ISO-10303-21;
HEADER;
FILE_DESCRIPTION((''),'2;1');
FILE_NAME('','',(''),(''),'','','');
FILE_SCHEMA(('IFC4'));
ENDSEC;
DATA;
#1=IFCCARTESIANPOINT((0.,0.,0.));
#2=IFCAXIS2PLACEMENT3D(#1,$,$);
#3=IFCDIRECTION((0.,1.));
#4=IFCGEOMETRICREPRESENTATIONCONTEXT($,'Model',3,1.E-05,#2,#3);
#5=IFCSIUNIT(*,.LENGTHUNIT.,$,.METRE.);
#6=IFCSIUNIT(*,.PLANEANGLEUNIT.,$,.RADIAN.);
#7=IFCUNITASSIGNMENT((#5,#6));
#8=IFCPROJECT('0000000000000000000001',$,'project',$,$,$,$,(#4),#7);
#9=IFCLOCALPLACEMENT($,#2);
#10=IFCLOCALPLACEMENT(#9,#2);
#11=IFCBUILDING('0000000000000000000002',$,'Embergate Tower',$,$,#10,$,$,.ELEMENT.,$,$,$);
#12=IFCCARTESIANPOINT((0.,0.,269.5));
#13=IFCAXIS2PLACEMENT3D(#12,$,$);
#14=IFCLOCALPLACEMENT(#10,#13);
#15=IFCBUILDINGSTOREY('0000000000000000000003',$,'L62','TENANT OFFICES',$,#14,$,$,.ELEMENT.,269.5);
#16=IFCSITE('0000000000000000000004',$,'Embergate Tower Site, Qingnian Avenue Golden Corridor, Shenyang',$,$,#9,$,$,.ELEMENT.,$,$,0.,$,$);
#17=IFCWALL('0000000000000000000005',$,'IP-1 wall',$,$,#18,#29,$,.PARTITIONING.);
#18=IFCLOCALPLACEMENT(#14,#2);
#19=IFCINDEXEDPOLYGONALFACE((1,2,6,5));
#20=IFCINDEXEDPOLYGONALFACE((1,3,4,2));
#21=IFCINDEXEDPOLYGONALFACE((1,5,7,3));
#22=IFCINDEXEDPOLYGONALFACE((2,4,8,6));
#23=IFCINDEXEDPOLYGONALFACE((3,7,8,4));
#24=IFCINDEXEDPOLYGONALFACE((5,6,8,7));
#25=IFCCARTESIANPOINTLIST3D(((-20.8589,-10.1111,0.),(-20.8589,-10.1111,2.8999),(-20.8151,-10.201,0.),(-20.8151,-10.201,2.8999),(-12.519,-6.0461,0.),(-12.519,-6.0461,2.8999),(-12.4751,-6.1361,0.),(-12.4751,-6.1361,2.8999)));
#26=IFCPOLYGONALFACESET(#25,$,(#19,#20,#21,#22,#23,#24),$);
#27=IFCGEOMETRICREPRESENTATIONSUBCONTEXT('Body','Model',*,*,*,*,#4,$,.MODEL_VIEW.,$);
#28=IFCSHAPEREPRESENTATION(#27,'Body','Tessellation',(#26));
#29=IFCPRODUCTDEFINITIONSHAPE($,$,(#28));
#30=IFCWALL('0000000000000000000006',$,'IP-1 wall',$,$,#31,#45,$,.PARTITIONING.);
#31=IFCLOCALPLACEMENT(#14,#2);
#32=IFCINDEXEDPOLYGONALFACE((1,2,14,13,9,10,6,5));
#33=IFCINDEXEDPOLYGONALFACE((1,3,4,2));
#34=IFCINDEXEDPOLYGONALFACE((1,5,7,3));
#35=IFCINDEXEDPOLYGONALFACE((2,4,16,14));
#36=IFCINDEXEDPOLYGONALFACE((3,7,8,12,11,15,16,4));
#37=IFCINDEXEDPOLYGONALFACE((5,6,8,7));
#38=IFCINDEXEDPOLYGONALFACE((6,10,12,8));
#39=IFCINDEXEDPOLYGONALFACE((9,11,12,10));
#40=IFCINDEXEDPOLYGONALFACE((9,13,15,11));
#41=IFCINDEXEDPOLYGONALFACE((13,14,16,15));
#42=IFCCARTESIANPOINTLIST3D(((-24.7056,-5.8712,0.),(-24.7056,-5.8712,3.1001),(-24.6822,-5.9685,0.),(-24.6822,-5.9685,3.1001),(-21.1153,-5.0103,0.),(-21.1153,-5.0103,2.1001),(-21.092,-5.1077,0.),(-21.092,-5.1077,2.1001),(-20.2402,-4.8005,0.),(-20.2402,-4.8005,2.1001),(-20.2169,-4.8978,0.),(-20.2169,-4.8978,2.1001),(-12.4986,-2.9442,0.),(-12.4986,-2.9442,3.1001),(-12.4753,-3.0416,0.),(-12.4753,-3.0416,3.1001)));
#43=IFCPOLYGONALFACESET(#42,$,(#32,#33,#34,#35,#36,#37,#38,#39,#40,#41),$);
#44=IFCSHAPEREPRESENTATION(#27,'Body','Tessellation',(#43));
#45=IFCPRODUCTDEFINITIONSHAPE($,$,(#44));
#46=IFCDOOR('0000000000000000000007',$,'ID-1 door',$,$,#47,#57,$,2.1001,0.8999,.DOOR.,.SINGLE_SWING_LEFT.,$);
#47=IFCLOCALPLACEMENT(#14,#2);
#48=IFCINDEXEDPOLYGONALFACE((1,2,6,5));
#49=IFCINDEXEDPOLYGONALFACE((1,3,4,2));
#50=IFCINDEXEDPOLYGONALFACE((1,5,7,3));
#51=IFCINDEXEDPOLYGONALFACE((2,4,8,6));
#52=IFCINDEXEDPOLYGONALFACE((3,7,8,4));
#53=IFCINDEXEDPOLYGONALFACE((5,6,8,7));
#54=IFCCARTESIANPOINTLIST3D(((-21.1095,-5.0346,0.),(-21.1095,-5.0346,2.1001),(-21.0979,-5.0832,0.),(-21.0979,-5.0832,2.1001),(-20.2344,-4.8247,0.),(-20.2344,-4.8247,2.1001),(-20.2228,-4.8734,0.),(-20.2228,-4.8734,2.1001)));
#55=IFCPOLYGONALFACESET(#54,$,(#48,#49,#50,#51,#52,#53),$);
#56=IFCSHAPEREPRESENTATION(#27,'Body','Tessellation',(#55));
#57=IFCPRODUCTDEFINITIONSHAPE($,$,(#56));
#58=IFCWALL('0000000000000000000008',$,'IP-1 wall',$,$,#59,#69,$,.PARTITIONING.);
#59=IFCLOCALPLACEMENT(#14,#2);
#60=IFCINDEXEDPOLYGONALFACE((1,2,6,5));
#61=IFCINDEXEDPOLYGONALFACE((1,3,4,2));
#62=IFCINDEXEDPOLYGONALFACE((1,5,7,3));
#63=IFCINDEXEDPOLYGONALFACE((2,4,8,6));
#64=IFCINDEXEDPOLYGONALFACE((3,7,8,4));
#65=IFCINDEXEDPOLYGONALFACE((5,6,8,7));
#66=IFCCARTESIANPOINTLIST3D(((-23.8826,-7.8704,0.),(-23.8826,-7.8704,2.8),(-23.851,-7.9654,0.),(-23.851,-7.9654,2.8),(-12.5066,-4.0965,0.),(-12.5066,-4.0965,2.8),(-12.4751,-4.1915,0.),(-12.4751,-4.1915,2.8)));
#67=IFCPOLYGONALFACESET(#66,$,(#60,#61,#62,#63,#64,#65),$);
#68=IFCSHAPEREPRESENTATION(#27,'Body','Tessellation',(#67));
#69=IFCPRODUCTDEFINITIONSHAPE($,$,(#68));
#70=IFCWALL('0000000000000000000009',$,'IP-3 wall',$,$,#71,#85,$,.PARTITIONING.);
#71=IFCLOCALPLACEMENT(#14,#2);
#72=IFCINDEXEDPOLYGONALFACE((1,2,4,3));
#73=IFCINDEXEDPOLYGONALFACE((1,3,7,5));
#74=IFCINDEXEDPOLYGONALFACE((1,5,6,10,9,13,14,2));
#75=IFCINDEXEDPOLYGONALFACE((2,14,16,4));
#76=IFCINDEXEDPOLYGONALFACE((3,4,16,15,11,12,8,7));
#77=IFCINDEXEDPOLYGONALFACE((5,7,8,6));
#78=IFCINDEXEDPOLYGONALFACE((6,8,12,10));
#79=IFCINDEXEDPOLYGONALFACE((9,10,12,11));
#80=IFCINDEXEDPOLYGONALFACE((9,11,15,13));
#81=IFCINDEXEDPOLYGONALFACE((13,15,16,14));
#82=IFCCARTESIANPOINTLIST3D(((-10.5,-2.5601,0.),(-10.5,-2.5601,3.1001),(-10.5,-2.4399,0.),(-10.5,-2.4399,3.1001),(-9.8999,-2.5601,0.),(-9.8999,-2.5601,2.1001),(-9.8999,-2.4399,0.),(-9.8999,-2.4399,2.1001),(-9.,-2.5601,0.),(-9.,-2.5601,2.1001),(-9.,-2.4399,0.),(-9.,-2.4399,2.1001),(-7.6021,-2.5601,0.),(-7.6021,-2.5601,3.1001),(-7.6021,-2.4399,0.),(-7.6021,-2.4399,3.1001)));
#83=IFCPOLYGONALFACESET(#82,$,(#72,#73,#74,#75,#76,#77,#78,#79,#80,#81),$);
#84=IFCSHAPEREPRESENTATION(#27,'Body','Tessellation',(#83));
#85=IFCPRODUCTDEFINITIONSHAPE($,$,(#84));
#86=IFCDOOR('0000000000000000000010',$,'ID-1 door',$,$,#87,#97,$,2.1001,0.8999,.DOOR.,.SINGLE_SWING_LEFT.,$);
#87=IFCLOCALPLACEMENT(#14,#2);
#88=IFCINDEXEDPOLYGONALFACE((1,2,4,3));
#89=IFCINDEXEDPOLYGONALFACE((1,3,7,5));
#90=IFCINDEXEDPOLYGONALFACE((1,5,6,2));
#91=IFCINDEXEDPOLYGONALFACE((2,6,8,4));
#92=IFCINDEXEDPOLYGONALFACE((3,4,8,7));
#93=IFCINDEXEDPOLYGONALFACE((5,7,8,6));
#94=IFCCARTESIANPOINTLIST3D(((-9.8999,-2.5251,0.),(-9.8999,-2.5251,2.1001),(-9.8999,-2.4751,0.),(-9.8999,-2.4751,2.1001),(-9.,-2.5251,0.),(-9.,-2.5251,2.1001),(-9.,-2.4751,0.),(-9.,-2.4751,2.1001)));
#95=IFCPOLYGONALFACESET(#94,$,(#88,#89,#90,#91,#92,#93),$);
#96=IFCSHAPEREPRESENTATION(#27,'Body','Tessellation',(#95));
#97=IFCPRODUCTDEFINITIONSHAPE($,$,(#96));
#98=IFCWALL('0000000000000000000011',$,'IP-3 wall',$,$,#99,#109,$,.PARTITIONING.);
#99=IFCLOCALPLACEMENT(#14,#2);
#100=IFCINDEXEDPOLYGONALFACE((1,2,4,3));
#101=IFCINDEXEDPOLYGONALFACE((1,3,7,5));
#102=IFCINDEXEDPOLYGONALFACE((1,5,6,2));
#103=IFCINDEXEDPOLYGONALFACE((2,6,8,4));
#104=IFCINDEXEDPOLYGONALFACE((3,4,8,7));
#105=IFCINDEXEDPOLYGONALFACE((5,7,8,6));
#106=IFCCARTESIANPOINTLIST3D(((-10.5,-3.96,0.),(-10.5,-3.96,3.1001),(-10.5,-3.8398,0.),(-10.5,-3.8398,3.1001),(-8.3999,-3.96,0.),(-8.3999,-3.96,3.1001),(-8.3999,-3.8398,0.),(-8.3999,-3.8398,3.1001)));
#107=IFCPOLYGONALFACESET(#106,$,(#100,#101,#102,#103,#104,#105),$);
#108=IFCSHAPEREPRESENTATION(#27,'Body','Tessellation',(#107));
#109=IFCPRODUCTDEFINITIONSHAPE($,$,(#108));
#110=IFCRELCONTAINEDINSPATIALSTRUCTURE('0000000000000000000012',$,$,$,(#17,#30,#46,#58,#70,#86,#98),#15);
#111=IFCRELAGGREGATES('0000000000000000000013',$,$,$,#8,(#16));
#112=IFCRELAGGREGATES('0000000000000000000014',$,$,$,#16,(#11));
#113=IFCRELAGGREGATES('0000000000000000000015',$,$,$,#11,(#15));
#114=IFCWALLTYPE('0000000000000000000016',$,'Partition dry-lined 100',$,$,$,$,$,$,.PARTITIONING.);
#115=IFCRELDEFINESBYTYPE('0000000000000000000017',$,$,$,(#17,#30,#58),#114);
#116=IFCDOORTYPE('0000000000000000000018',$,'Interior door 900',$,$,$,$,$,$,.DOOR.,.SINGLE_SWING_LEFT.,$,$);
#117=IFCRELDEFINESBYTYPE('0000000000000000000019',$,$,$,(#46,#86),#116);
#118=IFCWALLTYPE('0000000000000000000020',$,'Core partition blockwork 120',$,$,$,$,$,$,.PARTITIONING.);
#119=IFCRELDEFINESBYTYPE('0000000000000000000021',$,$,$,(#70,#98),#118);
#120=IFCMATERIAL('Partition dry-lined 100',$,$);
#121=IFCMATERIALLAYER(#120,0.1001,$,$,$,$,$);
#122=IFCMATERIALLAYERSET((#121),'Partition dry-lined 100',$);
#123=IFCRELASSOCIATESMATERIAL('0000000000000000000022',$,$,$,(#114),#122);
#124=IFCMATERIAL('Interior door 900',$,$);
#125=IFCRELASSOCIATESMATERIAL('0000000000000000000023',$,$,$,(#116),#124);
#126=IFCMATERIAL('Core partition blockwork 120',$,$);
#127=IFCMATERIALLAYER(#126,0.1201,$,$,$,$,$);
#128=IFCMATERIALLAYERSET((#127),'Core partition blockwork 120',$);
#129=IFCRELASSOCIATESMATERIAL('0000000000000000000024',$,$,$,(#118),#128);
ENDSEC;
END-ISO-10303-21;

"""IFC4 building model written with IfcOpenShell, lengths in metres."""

from ifc_helpers import new_model, si_unit, direction, frame, frame_2d, origin, place, context, subcontext, project, spatial, rectangle, extrude, source, transform, mapped, material, layer, layer_set, type_object, element, fill, save


model = new_model("IFC4")

# Units and contexts
model_context = context("Model", 3, precision=1e-05, world=origin(), true_north=direction((0.0, 1.0)))
body_context = subcontext(model_context, "Body", "Model", "MODEL_VIEW")
ifc_project = project(units=[si_unit("LENGTHUNIT", "METRE"), si_unit("PLANEANGLEUNIT", "RADIAN")], contexts=[model_context])

# Site, building, storey
site_placement = place(None, origin())
site = spatial("IfcSite", under=ifc_project, at=site_placement, Name="Embergate Tower Site, Qingnian Avenue Golden Corridor, Shenyang", CompositionType="ELEMENT", RefElevation=0.0)
building_placement = place(site_placement, origin())
building = spatial("IfcBuilding", under=site, at=building_placement, Name="Embergate Tower", CompositionType="ELEMENT")
storey_placement = place(building_placement, frame((0.0, 0.0, 269.5)))
storey = spatial("IfcBuildingStorey", under=building, at=storey_placement, Name="L62", Description="TENANT OFFICES", CompositionType="ELEMENT", Elevation=269.5)

# Shared definitions
shared_shape_1 = source(origin(), body_context, "Body", "SweptSolid", [
    extrude(rectangle(XDim=0.8999, YDim=2.1001, at=frame_2d((0.45, 1.05))), frame((0.0, 0.0249, 0.0), z_axis=(0.0, -1.0, 0.0), x_axis=(1.0, 0.0, 0.0)), (0.0, 0.0, 1.0), 0.05),
])

# Wall
ifc_material_1 = material(Name="Partition dry-lined 100")
ifc_layer_1 = layer(ifc_material_1, 0.1001)
ifc_layer_set_1 = layer_set([ifc_layer_1], Name="Partition dry-lined 100")
wall_type_1 = type_object("IfcWallType", Name="Partition dry-lined 100", PredefinedType="PARTITIONING", material=ifc_layer_set_1)
shared_shape_2 = source(origin(), body_context, "Body", "SweptSolid", [
    extrude(rectangle(XDim=9.2778, YDim=0.1001, at=frame_2d((4.6389, 0.0))), origin(), (0.0, 0.0, 1.0), 2.8999),
])
wall_1_placement = place(storey_placement, frame((-12.4971, -6.0911, 0.0), z_axis=(0.0, 0.0, 1.0), x_axis=(-0.898907, -0.438138, 0.0)))
element("IfcWall", 1, at=wall_1_placement, inside=storey, type_object=wall_type_1, Name="IP-1 wall", PredefinedType="PARTITIONING", context=body_context, shape_type="MappedRepresentation", body=[
    mapped(shared_shape_2, transform((0.0, 0.0, 0.0))),
])

# Wall, opening, door
shared_shape_3 = source(origin(), body_context, "Body", "SweptSolid", [
    extrude(rectangle(XDim=12.553, YDim=0.1001, at=frame_2d((6.2764, 0.0))), origin(), (0.0, 0.0, 1.0), 3.1001),
])
wall_2_placement = place(storey_placement, frame((-12.4871, -2.9929, 0.0), z_axis=(0.0, 0.0, 1.0), x_axis=(-0.972436, -0.233171, 0.0)))
wall_2 = element("IfcWall", 2, at=wall_2_placement, inside=storey, type_object=wall_type_1, Name="IP-1 wall", PredefinedType="PARTITIONING", context=body_context, shape_type="MappedRepresentation", body=[
    mapped(shared_shape_3, transform((0.0, 0.0, 0.0))),
])
shared_shape_4 = source(origin(), body_context, "Body", "SweptSolid", [
    extrude(rectangle(XDim=0.8999, YDim=2.1001, at=frame_2d((0.45, 1.05))), frame((0.0, 0.0601, 0.0), z_axis=(0.0, -1.0, 0.0), x_axis=(1.0, 0.0, 0.0)), (0.0, 0.0, 1.0), 0.1201),
])
opening_1_placement = place(wall_2_placement, frame((7.9609, 0.0, 0.0)))
opening_1 = element("IfcOpeningElement", 3, at=opening_1_placement, cuts=wall_2, PredefinedType="OPENING", context=body_context, shape_type="MappedRepresentation", body=[
    mapped(shared_shape_4, transform((0.0, 0.0, 0.0))),
])
ifc_material_2 = material(Name="Interior door 900")
door_type_1 = type_object("IfcDoorType", Name="Interior door 900", OperationType="SINGLE_SWING_LEFT", PredefinedType="DOOR", material=ifc_material_2)
door_1_placement = place(opening_1_placement, origin())
door_1 = element("IfcDoor", 4, at=door_1_placement, inside=storey, type_object=door_type_1, Name="ID-1 door", OperationType="SINGLE_SWING_LEFT", OverallHeight=2.1001, OverallWidth=0.8999, PredefinedType="DOOR", context=body_context, shape_type="MappedRepresentation", body=[
    mapped(shared_shape_1, transform((0.0, 0.0, 0.0))),
])
fill(opening_1, door_1)

# Wall
shared_shape_5 = source(origin(), body_context, "Body", "SweptSolid", [
    extrude(rectangle(XDim=11.9856, YDim=0.1001, at=frame_2d((5.9927, 0.0))), origin(), (0.0, 0.0, 1.0), 2.8),
])
wall_3_placement = place(storey_placement, frame((-12.491, -4.144, 0.0), z_axis=(0.0, 0.0, 1.0), x_axis=(-0.949135, -0.314871, 0.0)))
element("IfcWall", 5, at=wall_3_placement, inside=storey, type_object=wall_type_1, Name="IP-1 wall", PredefinedType="PARTITIONING", context=body_context, shape_type="MappedRepresentation", body=[
    mapped(shared_shape_5, transform((0.0, 0.0, 0.0))),
])

# Wall, opening, door
ifc_material_3 = material(Name="Core partition blockwork 120")
ifc_layer_2 = layer(ifc_material_3, 0.1201)
ifc_layer_set_2 = layer_set([ifc_layer_2], Name="Core partition blockwork 120")
wall_type_2 = type_object("IfcWallType", Name="Core partition blockwork 120", PredefinedType="PARTITIONING", material=ifc_layer_set_2)
shared_shape_6 = source(origin(), body_context, "Body", "SweptSolid", [
    extrude(rectangle(XDim=2.8979, YDim=0.1201, at=frame_2d((1.449, 0.0))), origin(), (0.0, 0.0, 1.0), 3.1001),
])
wall_4_placement = place(storey_placement, frame((-10.5, -2.5, 0.0), z_axis=(0.0, 0.0, 1.0), x_axis=(1.0, 0.0, 0.0)))
wall_4 = element("IfcWall", 6, at=wall_4_placement, inside=storey, type_object=wall_type_2, Name="IP-3 wall", PredefinedType="PARTITIONING", context=body_context, shape_type="MappedRepresentation", body=[
    mapped(shared_shape_6, transform((0.0, 0.0, 0.0))),
])
shared_shape_7 = source(origin(), body_context, "Body", "SweptSolid", [
    extrude(rectangle(XDim=0.8999, YDim=2.1001, at=frame_2d((0.45, 1.05))), frame((0.0, 0.0701, 0.0), z_axis=(0.0, -1.0, 0.0), x_axis=(1.0, 0.0, 0.0)), (0.0, 0.0, 1.0), 0.1401),
])
opening_2_placement = place(wall_4_placement, frame((0.6001, 0.0, 0.0)))
opening_2 = element("IfcOpeningElement", 7, at=opening_2_placement, cuts=wall_4, PredefinedType="OPENING", context=body_context, shape_type="MappedRepresentation", body=[
    mapped(shared_shape_7, transform((0.0, 0.0, 0.0))),
])
door_2_placement = place(opening_2_placement, origin())
door_2 = element("IfcDoor", 8, at=door_2_placement, inside=storey, type_object=door_type_1, Name="ID-1 door", OperationType="SINGLE_SWING_LEFT", OverallHeight=2.1001, OverallWidth=0.8999, PredefinedType="DOOR", context=body_context, shape_type="MappedRepresentation", body=[
    mapped(shared_shape_1, transform((0.0, 0.0, 0.0))),
])
fill(opening_2, door_2)

# Wall
shared_shape_8 = source(origin(), body_context, "Body", "SweptSolid", [
    extrude(rectangle(XDim=2.1001, YDim=0.1201, at=frame_2d((1.05, 0.0))), origin(), (0.0, 0.0, 1.0), 3.1001),
])
wall_5_placement = place(storey_placement, frame((-10.5, -3.8999, 0.0), z_axis=(0.0, 0.0, 1.0), x_axis=(1.0, 0.0, 0.0)))
element("IfcWall", 9, at=wall_5_placement, inside=storey, type_object=wall_type_2, Name="IP-3 wall", PredefinedType="PARTITIONING", context=body_context, shape_type="MappedRepresentation", body=[
    mapped(shared_shape_8, transform((0.0, 0.0, 0.0))),
])

save(model, "model.ifc")
